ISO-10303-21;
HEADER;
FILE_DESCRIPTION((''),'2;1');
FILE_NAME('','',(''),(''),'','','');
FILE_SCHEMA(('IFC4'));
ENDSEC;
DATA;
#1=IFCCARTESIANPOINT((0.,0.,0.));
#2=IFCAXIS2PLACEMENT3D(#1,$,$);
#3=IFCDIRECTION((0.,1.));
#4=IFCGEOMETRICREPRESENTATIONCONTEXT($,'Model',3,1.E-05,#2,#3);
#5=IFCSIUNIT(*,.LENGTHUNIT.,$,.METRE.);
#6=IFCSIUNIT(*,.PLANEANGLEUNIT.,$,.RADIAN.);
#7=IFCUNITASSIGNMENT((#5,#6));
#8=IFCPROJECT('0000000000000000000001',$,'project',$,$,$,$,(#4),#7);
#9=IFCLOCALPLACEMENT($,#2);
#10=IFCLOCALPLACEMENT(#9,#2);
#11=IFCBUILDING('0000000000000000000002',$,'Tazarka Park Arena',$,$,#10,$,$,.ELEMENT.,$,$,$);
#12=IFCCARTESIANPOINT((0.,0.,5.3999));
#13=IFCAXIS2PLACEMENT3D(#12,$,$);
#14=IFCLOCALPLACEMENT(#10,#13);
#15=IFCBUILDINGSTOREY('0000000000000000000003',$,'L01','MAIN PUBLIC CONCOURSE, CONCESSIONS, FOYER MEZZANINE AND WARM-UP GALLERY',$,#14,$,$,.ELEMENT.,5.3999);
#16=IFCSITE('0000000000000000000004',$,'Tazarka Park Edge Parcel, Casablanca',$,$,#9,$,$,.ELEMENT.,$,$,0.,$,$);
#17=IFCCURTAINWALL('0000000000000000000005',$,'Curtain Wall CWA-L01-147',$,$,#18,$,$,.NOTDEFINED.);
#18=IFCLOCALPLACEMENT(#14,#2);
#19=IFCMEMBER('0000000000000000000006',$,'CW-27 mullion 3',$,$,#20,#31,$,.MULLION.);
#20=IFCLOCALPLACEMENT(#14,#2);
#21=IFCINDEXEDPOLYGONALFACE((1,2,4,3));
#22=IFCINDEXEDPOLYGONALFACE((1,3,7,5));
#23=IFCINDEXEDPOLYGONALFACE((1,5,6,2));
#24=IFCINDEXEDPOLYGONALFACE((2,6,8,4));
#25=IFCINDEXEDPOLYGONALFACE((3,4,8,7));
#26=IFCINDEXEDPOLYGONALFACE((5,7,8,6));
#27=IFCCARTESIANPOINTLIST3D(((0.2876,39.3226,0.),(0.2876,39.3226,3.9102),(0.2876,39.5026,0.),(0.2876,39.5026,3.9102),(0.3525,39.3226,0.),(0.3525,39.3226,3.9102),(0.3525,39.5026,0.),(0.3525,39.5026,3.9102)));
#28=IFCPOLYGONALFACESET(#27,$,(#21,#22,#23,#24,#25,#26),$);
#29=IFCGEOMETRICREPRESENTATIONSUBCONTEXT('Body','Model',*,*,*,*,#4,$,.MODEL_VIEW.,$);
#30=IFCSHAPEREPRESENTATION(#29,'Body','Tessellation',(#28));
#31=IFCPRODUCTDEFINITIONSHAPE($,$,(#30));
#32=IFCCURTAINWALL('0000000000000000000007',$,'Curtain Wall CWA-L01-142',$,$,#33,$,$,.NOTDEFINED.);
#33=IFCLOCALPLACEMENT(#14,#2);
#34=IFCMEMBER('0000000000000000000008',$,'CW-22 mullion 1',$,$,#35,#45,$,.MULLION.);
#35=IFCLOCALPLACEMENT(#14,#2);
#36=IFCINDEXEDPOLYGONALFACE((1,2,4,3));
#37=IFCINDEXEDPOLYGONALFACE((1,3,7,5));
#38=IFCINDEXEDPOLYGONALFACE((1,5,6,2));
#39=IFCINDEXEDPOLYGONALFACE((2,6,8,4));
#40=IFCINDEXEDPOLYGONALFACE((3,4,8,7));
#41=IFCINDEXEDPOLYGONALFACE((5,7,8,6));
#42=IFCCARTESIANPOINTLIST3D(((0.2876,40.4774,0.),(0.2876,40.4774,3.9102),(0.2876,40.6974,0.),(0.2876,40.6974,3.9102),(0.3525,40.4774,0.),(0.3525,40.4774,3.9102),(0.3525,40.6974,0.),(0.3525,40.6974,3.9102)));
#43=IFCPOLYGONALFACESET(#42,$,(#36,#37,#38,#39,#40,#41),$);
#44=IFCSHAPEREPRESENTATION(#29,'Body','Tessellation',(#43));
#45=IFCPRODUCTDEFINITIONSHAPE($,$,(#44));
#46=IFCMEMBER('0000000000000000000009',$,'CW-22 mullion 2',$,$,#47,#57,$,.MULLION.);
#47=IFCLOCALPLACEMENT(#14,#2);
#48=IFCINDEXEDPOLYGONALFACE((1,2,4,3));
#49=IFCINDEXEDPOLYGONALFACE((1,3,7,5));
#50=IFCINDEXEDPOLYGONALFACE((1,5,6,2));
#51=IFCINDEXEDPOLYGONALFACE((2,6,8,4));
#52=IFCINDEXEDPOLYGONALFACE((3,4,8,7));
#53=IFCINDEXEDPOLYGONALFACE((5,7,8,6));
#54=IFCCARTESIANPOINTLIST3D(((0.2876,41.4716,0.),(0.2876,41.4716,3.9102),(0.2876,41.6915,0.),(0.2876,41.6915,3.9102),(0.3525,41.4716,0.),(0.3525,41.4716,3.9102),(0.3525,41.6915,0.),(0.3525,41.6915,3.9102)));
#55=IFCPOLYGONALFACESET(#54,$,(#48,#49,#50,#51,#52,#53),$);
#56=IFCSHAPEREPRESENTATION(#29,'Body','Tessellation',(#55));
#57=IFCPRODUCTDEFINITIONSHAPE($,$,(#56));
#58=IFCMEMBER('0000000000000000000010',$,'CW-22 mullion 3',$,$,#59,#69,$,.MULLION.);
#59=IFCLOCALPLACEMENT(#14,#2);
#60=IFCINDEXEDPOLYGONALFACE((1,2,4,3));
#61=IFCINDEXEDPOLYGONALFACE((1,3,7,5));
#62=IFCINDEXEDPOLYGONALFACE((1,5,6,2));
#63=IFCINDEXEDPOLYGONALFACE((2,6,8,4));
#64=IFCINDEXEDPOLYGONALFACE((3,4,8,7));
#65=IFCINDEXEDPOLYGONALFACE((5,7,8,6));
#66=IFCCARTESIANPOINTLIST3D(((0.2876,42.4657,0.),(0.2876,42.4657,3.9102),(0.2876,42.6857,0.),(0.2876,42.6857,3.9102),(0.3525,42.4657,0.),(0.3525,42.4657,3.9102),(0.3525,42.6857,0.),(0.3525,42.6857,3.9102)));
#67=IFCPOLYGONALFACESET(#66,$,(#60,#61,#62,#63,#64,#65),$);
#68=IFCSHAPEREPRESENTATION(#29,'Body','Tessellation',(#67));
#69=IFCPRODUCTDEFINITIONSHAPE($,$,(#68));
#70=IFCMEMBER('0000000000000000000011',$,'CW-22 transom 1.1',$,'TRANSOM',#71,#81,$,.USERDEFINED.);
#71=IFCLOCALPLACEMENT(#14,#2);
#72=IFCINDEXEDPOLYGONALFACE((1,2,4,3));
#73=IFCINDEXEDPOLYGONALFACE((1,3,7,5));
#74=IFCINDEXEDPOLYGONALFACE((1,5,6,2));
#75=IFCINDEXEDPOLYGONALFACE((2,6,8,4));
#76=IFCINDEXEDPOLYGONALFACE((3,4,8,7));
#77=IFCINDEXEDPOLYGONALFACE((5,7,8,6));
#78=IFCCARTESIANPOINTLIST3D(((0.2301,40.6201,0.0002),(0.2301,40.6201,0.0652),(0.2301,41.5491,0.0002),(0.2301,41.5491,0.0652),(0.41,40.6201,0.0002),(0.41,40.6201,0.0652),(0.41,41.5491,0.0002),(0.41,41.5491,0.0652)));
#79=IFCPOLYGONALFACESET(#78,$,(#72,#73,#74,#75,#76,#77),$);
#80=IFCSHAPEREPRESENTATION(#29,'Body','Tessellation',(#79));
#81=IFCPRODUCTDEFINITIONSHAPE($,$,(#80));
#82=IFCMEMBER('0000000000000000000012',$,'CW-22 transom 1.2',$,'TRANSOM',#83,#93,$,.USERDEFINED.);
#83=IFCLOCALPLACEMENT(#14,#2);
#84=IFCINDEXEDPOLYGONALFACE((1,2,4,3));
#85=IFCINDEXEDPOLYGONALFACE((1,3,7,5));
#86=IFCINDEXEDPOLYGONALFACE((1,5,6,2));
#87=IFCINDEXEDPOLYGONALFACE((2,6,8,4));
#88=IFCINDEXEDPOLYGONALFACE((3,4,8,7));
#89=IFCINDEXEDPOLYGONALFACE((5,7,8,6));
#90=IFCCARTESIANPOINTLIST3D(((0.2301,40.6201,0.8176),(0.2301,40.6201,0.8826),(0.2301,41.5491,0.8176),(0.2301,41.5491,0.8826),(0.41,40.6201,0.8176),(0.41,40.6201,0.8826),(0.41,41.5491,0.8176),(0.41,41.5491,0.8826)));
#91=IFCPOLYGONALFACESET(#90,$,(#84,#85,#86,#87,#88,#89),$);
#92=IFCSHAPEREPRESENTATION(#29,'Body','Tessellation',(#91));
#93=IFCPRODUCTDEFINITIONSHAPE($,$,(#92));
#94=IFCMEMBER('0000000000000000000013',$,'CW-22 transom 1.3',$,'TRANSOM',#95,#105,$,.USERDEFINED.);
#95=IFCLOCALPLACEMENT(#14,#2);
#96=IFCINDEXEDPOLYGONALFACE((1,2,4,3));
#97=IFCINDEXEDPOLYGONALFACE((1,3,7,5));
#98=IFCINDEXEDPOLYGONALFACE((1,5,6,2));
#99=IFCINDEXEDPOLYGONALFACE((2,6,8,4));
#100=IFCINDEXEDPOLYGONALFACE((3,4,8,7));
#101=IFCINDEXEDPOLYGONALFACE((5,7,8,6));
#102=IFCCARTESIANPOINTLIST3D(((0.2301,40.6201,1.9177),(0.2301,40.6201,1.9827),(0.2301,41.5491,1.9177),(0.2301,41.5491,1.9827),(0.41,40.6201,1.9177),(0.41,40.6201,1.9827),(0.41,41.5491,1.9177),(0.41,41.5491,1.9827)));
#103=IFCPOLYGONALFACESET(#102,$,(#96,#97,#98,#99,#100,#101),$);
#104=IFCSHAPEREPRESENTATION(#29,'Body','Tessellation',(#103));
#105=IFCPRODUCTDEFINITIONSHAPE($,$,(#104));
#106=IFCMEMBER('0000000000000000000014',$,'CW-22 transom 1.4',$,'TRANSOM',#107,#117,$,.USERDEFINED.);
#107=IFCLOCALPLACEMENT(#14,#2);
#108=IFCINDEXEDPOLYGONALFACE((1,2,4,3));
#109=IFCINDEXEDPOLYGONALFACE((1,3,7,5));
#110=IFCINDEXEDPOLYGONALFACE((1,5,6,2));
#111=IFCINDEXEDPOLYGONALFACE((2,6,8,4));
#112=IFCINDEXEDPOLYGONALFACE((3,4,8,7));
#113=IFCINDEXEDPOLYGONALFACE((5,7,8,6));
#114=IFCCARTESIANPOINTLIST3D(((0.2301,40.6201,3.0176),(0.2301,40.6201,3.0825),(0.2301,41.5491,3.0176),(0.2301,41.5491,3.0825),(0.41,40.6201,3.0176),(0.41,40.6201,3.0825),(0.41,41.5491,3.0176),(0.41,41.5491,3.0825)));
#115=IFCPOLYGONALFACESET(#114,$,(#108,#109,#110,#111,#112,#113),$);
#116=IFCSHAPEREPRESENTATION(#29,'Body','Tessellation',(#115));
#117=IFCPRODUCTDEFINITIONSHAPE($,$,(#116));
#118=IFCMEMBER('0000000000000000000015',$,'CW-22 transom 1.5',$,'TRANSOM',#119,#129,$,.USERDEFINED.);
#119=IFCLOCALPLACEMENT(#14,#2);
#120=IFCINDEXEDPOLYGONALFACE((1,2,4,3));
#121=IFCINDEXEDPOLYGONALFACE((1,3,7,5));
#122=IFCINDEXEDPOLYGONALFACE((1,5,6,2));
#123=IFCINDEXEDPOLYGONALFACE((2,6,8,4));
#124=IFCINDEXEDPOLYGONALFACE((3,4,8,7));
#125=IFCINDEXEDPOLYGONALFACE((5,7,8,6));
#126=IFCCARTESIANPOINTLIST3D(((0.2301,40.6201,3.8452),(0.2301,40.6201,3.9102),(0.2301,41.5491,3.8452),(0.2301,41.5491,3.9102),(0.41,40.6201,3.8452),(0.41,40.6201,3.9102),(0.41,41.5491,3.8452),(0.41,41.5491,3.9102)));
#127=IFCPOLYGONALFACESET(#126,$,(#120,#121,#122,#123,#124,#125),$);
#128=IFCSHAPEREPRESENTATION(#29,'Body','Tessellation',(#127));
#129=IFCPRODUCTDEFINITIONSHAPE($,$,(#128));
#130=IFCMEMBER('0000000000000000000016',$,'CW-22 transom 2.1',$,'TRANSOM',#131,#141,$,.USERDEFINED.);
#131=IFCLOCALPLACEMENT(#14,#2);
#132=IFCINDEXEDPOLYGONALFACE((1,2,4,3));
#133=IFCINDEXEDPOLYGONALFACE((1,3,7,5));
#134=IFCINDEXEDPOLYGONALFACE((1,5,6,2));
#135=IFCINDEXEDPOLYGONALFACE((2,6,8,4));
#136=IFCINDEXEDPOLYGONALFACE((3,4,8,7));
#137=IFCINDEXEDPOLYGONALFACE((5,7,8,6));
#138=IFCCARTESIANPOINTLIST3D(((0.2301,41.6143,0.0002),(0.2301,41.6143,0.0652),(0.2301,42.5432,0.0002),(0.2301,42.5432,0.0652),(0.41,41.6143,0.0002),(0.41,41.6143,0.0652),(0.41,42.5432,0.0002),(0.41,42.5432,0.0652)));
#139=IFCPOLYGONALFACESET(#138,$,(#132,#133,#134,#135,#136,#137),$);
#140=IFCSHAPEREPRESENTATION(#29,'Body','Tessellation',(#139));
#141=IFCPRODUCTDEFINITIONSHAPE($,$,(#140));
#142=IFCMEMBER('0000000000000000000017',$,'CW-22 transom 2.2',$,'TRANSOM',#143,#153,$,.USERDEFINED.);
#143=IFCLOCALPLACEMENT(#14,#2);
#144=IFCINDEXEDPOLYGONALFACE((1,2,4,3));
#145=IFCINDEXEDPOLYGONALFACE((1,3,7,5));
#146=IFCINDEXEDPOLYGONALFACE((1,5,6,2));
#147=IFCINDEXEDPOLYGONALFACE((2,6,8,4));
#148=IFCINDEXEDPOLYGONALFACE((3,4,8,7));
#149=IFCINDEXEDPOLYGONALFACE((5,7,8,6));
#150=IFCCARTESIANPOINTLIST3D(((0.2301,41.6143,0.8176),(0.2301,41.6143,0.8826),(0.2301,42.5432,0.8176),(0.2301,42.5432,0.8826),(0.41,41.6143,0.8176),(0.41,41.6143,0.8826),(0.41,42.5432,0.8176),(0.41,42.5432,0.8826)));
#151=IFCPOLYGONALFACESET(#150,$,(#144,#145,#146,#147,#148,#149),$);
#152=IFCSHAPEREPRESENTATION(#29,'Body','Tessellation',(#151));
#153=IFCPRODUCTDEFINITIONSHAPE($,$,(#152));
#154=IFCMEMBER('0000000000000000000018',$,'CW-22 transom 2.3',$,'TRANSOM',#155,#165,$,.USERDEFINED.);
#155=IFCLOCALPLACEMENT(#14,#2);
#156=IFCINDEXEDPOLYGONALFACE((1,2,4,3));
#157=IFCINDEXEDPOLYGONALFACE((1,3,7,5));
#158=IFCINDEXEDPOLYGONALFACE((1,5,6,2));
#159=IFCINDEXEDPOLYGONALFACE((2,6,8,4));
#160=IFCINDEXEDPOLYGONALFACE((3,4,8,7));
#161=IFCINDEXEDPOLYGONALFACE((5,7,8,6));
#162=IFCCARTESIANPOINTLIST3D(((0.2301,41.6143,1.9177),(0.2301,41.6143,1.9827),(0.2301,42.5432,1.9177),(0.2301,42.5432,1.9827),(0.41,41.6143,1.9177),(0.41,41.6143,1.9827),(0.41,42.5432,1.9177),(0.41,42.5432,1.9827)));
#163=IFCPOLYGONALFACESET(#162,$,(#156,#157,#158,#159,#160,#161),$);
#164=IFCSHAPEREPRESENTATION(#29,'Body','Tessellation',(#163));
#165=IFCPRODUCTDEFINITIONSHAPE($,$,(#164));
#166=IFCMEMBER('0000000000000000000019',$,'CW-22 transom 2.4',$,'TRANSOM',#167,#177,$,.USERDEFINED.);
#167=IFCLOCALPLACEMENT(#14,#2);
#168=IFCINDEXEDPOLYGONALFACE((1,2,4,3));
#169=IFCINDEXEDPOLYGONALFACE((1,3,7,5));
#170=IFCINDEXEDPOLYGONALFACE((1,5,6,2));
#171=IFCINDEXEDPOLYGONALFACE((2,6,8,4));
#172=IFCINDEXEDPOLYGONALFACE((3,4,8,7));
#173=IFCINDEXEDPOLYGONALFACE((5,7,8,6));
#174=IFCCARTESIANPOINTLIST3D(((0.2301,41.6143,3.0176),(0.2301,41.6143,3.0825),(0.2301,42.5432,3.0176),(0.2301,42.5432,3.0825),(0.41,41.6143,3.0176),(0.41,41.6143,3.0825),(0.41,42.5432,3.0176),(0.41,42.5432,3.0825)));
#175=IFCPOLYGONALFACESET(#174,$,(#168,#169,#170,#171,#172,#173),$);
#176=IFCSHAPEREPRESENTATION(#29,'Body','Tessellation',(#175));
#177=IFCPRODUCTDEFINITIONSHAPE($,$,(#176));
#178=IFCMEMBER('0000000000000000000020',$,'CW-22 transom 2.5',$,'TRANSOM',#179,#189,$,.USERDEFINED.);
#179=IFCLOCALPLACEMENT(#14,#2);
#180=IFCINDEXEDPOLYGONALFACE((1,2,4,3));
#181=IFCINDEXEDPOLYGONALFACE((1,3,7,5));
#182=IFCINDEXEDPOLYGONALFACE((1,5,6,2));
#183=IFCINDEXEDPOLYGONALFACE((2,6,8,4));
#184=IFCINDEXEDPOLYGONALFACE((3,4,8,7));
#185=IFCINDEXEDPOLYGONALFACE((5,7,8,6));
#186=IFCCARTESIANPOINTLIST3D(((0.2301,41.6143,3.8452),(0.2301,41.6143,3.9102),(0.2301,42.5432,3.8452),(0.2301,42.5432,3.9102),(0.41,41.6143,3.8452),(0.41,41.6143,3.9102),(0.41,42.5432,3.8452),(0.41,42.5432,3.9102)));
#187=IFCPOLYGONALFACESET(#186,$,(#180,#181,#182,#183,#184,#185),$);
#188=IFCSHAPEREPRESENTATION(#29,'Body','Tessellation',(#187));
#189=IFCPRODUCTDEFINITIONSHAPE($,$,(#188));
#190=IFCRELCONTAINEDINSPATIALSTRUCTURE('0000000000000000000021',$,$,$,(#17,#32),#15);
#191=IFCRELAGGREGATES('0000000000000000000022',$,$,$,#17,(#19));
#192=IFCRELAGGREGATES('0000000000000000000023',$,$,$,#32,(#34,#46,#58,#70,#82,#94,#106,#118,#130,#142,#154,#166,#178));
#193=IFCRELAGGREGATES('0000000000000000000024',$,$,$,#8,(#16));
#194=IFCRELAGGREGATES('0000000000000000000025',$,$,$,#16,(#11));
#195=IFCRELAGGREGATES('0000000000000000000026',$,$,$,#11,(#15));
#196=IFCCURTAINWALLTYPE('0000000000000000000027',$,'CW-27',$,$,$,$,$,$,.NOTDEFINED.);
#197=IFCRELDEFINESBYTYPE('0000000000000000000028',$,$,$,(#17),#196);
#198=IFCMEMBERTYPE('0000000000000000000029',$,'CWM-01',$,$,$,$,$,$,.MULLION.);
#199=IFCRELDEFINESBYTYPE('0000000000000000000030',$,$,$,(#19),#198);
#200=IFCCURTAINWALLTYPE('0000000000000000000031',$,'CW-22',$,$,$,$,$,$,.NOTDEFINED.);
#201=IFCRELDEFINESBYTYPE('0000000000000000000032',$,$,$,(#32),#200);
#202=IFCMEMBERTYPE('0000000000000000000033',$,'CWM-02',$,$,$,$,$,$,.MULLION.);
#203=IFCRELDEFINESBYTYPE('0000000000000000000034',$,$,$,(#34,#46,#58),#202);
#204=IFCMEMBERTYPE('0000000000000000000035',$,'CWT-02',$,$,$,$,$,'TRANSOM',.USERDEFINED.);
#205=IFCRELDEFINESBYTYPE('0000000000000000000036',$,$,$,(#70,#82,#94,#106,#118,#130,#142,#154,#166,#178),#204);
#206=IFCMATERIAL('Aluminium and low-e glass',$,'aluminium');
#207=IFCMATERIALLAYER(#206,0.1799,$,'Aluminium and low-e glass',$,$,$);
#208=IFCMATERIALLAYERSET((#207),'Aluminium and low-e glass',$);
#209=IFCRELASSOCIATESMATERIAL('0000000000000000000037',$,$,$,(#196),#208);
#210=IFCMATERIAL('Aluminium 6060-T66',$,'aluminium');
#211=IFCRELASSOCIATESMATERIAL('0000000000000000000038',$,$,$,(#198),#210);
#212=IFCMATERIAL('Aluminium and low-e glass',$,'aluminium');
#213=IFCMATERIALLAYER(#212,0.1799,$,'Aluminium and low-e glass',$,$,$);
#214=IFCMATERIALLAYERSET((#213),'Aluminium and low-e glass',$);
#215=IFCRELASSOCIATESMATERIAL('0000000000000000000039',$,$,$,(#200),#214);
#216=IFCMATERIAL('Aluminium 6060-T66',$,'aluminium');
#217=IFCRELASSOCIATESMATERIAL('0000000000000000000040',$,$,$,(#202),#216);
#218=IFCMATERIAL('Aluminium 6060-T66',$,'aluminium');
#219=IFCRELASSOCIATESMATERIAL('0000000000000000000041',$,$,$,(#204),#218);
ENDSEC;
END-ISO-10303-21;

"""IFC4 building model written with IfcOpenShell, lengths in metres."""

from ifc_helpers import new_model, si_unit, direction, frame, origin, origin_2d, place, context, subcontext, project, spatial, rectangle, extrude, material, layer, layer_set, material_profile, profile_set, type_object, element, aggregate, save


model = new_model("IFC4")

# Units and contexts
model_context = context("Model", 3, precision=1e-05, world=origin(), true_north=direction((0.0, 1.0)))
body_context = subcontext(model_context, "Body", "Model", "MODEL_VIEW")
ifc_project = project(units=[si_unit("LENGTHUNIT", "METRE"), si_unit("PLANEANGLEUNIT", "RADIAN")], contexts=[model_context])

# Site, building, storey
site_placement = place(None, origin())
site = spatial("IfcSite", under=ifc_project, at=site_placement, Name="Tazarka Park Edge Parcel, Casablanca", CompositionType="ELEMENT", RefElevation=0.0)
building_placement = place(site_placement, origin())
building = spatial("IfcBuilding", under=site, at=building_placement, Name="Tazarka Park Arena", CompositionType="ELEMENT")
storey_placement = place(building_placement, frame((0.0, 0.0, 5.3999)))
storey = spatial("IfcBuildingStorey", under=building, at=storey_placement, Name="L01", Description="MAIN PUBLIC CONCOURSE, CONCESSIONS, FOYER MEZZANINE AND WARM-UP GALLERY", CompositionType="ELEMENT", Elevation=5.3999)

# Curtain wall, member
ifc_material_1 = material(Name="Aluminium and low-e glass", Category="aluminium")
ifc_layer_1 = layer(ifc_material_1, 0.1799, Name="Aluminium and low-e glass")
ifc_layer_set_1 = layer_set([ifc_layer_1], Name="Aluminium and low-e glass")
curtain_wall_type_1 = type_object("IfcCurtainWallType", Name="CW-27", PredefinedType="NOTDEFINED", material=ifc_layer_set_1)
curtain_wall_1_placement = place(storey_placement, origin())
curtain_wall_1 = element("IfcCurtainWall", 1, at=curtain_wall_1_placement, inside=storey, type_object=curtain_wall_type_1, Name="Curtain Wall CWA-L01-147", PredefinedType="NOTDEFINED")
ifc_material_2 = material(Name="Aluminium 6060-T66", Category="aluminium")
ifc_material_profile_1 = material_profile(ifc_material_2, rectangle(XDim=0.0649, YDim=0.1799, at=origin_2d()), Name="Aluminium 6060-T66")
ifc_profile_set_1 = profile_set([ifc_material_profile_1], Name="Aluminium 6060-T66")
member_type_1 = type_object("IfcMemberType", Name="CWM-01", PredefinedType="MULLION", material=ifc_profile_set_1)
member_1_placement = place(storey_placement, frame((0.3201, 39.4126, 0.0), z_axis=(0.0, 0.0, 1.0), x_axis=(-1.0, 0.0, 0.0)))
member_1 = element("IfcMember", 2, at=member_1_placement, type_object=member_type_1, Name="CW-27 mullion 3", PredefinedType="MULLION", context=body_context, shape_type="SweptSolid", body=[
    extrude(rectangle(XDim=0.0649, YDim=0.1799, at=origin_2d()), origin(), (0.0, 0.0, 1.0), 3.9102),
])

# Curtain wall, members
ifc_material_3 = material(Name="Aluminium and low-e glass", Category="aluminium")
ifc_layer_2 = layer(ifc_material_3, 0.1799, Name="Aluminium and low-e glass")
ifc_layer_set_2 = layer_set([ifc_layer_2], Name="Aluminium and low-e glass")
curtain_wall_type_2 = type_object("IfcCurtainWallType", Name="CW-22", PredefinedType="NOTDEFINED", material=ifc_layer_set_2)
curtain_wall_2_placement = place(storey_placement, origin())
curtain_wall_2 = element("IfcCurtainWall", 3, at=curtain_wall_2_placement, inside=storey, type_object=curtain_wall_type_2, Name="Curtain Wall CWA-L01-142", PredefinedType="NOTDEFINED")
ifc_material_4 = material(Name="Aluminium 6060-T66", Category="aluminium")
ifc_material_profile_2 = material_profile(ifc_material_4, rectangle(XDim=0.0649, YDim=0.22, at=origin_2d()), Name="Aluminium 6060-T66")
ifc_profile_set_2 = profile_set([ifc_material_profile_2], Name="Aluminium 6060-T66")
member_type_2 = type_object("IfcMemberType", Name="CWM-02", PredefinedType="MULLION", material=ifc_profile_set_2)
member_2_placement = place(storey_placement, frame((0.3201, 40.5874, 0.0), z_axis=(0.0, 0.0, 1.0), x_axis=(-1.0, 0.0, 0.0)))
member_2 = element("IfcMember", 4, at=member_2_placement, type_object=member_type_2, Name="CW-22 mullion 1", PredefinedType="MULLION", context=body_context, shape_type="SweptSolid", body=[
    extrude(rectangle(XDim=0.0649, YDim=0.22, at=origin_2d()), origin(), (0.0, 0.0, 1.0), 3.9102),
])
member_3_placement = place(storey_placement, frame((0.3201, 41.5815, 0.0), z_axis=(0.0, 0.0, 1.0), x_axis=(-1.0, 0.0, 0.0)))
member_3 = element("IfcMember", 5, at=member_3_placement, type_object=member_type_2, Name="CW-22 mullion 2", PredefinedType="MULLION", context=body_context, shape_type="SweptSolid", body=[
    extrude(rectangle(XDim=0.0649, YDim=0.22, at=origin_2d()), origin(), (0.0, 0.0, 1.0), 3.9102),
])
member_4_placement = place(storey_placement, frame((0.3201, 42.5757, 0.0), z_axis=(0.0, 0.0, 1.0), x_axis=(-1.0, 0.0, 0.0)))
member_4 = element("IfcMember", 6, at=member_4_placement, type_object=member_type_2, Name="CW-22 mullion 3", PredefinedType="MULLION", context=body_context, shape_type="SweptSolid", body=[
    extrude(rectangle(XDim=0.0649, YDim=0.22, at=origin_2d()), origin(), (0.0, 0.0, 1.0), 3.9102),
])
ifc_material_5 = material(Name="Aluminium 6060-T66", Category="aluminium")
ifc_material_profile_3 = material_profile(ifc_material_5, rectangle(XDim=0.1799, YDim=0.0649, at=origin_2d()), Name="Aluminium 6060-T66")
ifc_profile_set_3 = profile_set([ifc_material_profile_3], Name="Aluminium 6060-T66")
member_type_3 = type_object("IfcMemberType", Name="CWT-02", ElementType="TRANSOM", PredefinedType="USERDEFINED", material=ifc_profile_set_3)
member_5_placement = place(storey_placement, frame((0.3201, 40.6201, 0.0327), z_axis=(0.0, 1.0, 0.0), x_axis=(-1.0, 0.0, 0.0)))
member_5 = element("IfcMember", 7, at=member_5_placement, type_object=member_type_3, Name="CW-22 transom 1.1", ObjectType="TRANSOM", PredefinedType="USERDEFINED", context=body_context, shape_type="SweptSolid", body=[
    extrude(rectangle(XDim=0.1799, YDim=0.0649, at=origin_2d()), origin(), (0.0, 0.0, 1.0), 0.929),
])
member_6_placement = place(storey_placement, frame((0.3201, 40.6201, 0.8501), z_axis=(0.0, 1.0, 0.0), x_axis=(-1.0, 0.0, 0.0)))
member_6 = element("IfcMember", 8, at=member_6_placement, type_object=member_type_3, Name="CW-22 transom 1.2", ObjectType="TRANSOM", PredefinedType="USERDEFINED", context=body_context, shape_type="SweptSolid", body=[
    extrude(rectangle(XDim=0.1799, YDim=0.0649, at=origin_2d()), origin(), (0.0, 0.0, 1.0), 0.929),
])
member_7_placement = place(storey_placement, frame((0.3201, 40.6201, 1.9502), z_axis=(0.0, 1.0, 0.0), x_axis=(-1.0, 0.0, 0.0)))
member_7 = element("IfcMember", 9, at=member_7_placement, type_object=member_type_3, Name="CW-22 transom 1.3", ObjectType="TRANSOM", PredefinedType="USERDEFINED", context=body_context, shape_type="SweptSolid", body=[
    extrude(rectangle(XDim=0.1799, YDim=0.0649, at=origin_2d()), origin(), (0.0, 0.0, 1.0), 0.929),
])
member_8_placement = place(storey_placement, frame((0.3201, 40.6201, 3.05), z_axis=(0.0, 1.0, 0.0), x_axis=(-1.0, 0.0, 0.0)))
member_8 = element("IfcMember", 10, at=member_8_placement, type_object=member_type_3, Name="CW-22 transom 1.4", ObjectType="TRANSOM", PredefinedType="USERDEFINED", context=body_context, shape_type="SweptSolid", body=[
    extrude(rectangle(XDim=0.1799, YDim=0.0649, at=origin_2d()), origin(), (0.0, 0.0, 1.0), 0.929),
])
member_9_placement = place(storey_placement, frame((0.3201, 40.6201, 3.8777), z_axis=(0.0, 1.0, 0.0), x_axis=(-1.0, 0.0, 0.0)))
member_9 = element("IfcMember", 11, at=member_9_placement, type_object=member_type_3, Name="CW-22 transom 1.5", ObjectType="TRANSOM", PredefinedType="USERDEFINED", context=body_context, shape_type="SweptSolid", body=[
    extrude(rectangle(XDim=0.1799, YDim=0.0649, at=origin_2d()), origin(), (0.0, 0.0, 1.0), 0.929),
])
member_10_placement = place(storey_placement, frame((0.3201, 41.6143, 0.0327), z_axis=(0.0, 1.0, 0.0), x_axis=(-1.0, 0.0, 0.0)))
member_10 = element("IfcMember", 12, at=member_10_placement, type_object=member_type_3, Name="CW-22 transom 2.1", ObjectType="TRANSOM", PredefinedType="USERDEFINED", context=body_context, shape_type="SweptSolid", body=[
    extrude(rectangle(XDim=0.1799, YDim=0.0649, at=origin_2d()), origin(), (0.0, 0.0, 1.0), 0.929),
])
member_11_placement = place(storey_placement, frame((0.3201, 41.6143, 0.8501), z_axis=(0.0, 1.0, 0.0), x_axis=(-1.0, 0.0, 0.0)))
member_11 = element("IfcMember", 13, at=member_11_placement, type_object=member_type_3, Name="CW-22 transom 2.2", ObjectType="TRANSOM", PredefinedType="USERDEFINED", context=body_context, shape_type="SweptSolid", body=[
    extrude(rectangle(XDim=0.1799, YDim=0.0649, at=origin_2d()), origin(), (0.0, 0.0, 1.0), 0.929),
])
member_12_placement = place(storey_placement, frame((0.3201, 41.6143, 1.9502), z_axis=(0.0, 1.0, 0.0), x_axis=(-1.0, 0.0, 0.0)))
member_12 = element("IfcMember", 14, at=member_12_placement, type_object=member_type_3, Name="CW-22 transom 2.3", ObjectType="TRANSOM", PredefinedType="USERDEFINED", context=body_context, shape_type="SweptSolid", body=[
    extrude(rectangle(XDim=0.1799, YDim=0.0649, at=origin_2d()), origin(), (0.0, 0.0, 1.0), 0.929),
])
member_13_placement = place(storey_placement, frame((0.3201, 41.6143, 3.05), z_axis=(0.0, 1.0, 0.0), x_axis=(-1.0, 0.0, 0.0)))
member_13 = element("IfcMember", 15, at=member_13_placement, type_object=member_type_3, Name="CW-22 transom 2.4", ObjectType="TRANSOM", PredefinedType="USERDEFINED", context=body_context, shape_type="SweptSolid", body=[
    extrude(rectangle(XDim=0.1799, YDim=0.0649, at=origin_2d()), origin(), (0.0, 0.0, 1.0), 0.929),
])
member_14_placement = place(storey_placement, frame((0.3201, 41.6143, 3.8777), z_axis=(0.0, 1.0, 0.0), x_axis=(-1.0, 0.0, 0.0)))
member_14 = element("IfcMember", 16, at=member_14_placement, type_object=member_type_3, Name="CW-22 transom 2.5", ObjectType="TRANSOM", PredefinedType="USERDEFINED", context=body_context, shape_type="SweptSolid", body=[
    extrude(rectangle(XDim=0.1799, YDim=0.0649, at=origin_2d()), origin(), (0.0, 0.0, 1.0), 0.929),
])

aggregate(curtain_wall_1, [member_1])
aggregate(curtain_wall_2, [member_2, member_3, member_4, member_5, member_6, member_7, member_8, member_9, member_10, member_11, member_12, member_13, member_14])

save(model, "model.ifc")
